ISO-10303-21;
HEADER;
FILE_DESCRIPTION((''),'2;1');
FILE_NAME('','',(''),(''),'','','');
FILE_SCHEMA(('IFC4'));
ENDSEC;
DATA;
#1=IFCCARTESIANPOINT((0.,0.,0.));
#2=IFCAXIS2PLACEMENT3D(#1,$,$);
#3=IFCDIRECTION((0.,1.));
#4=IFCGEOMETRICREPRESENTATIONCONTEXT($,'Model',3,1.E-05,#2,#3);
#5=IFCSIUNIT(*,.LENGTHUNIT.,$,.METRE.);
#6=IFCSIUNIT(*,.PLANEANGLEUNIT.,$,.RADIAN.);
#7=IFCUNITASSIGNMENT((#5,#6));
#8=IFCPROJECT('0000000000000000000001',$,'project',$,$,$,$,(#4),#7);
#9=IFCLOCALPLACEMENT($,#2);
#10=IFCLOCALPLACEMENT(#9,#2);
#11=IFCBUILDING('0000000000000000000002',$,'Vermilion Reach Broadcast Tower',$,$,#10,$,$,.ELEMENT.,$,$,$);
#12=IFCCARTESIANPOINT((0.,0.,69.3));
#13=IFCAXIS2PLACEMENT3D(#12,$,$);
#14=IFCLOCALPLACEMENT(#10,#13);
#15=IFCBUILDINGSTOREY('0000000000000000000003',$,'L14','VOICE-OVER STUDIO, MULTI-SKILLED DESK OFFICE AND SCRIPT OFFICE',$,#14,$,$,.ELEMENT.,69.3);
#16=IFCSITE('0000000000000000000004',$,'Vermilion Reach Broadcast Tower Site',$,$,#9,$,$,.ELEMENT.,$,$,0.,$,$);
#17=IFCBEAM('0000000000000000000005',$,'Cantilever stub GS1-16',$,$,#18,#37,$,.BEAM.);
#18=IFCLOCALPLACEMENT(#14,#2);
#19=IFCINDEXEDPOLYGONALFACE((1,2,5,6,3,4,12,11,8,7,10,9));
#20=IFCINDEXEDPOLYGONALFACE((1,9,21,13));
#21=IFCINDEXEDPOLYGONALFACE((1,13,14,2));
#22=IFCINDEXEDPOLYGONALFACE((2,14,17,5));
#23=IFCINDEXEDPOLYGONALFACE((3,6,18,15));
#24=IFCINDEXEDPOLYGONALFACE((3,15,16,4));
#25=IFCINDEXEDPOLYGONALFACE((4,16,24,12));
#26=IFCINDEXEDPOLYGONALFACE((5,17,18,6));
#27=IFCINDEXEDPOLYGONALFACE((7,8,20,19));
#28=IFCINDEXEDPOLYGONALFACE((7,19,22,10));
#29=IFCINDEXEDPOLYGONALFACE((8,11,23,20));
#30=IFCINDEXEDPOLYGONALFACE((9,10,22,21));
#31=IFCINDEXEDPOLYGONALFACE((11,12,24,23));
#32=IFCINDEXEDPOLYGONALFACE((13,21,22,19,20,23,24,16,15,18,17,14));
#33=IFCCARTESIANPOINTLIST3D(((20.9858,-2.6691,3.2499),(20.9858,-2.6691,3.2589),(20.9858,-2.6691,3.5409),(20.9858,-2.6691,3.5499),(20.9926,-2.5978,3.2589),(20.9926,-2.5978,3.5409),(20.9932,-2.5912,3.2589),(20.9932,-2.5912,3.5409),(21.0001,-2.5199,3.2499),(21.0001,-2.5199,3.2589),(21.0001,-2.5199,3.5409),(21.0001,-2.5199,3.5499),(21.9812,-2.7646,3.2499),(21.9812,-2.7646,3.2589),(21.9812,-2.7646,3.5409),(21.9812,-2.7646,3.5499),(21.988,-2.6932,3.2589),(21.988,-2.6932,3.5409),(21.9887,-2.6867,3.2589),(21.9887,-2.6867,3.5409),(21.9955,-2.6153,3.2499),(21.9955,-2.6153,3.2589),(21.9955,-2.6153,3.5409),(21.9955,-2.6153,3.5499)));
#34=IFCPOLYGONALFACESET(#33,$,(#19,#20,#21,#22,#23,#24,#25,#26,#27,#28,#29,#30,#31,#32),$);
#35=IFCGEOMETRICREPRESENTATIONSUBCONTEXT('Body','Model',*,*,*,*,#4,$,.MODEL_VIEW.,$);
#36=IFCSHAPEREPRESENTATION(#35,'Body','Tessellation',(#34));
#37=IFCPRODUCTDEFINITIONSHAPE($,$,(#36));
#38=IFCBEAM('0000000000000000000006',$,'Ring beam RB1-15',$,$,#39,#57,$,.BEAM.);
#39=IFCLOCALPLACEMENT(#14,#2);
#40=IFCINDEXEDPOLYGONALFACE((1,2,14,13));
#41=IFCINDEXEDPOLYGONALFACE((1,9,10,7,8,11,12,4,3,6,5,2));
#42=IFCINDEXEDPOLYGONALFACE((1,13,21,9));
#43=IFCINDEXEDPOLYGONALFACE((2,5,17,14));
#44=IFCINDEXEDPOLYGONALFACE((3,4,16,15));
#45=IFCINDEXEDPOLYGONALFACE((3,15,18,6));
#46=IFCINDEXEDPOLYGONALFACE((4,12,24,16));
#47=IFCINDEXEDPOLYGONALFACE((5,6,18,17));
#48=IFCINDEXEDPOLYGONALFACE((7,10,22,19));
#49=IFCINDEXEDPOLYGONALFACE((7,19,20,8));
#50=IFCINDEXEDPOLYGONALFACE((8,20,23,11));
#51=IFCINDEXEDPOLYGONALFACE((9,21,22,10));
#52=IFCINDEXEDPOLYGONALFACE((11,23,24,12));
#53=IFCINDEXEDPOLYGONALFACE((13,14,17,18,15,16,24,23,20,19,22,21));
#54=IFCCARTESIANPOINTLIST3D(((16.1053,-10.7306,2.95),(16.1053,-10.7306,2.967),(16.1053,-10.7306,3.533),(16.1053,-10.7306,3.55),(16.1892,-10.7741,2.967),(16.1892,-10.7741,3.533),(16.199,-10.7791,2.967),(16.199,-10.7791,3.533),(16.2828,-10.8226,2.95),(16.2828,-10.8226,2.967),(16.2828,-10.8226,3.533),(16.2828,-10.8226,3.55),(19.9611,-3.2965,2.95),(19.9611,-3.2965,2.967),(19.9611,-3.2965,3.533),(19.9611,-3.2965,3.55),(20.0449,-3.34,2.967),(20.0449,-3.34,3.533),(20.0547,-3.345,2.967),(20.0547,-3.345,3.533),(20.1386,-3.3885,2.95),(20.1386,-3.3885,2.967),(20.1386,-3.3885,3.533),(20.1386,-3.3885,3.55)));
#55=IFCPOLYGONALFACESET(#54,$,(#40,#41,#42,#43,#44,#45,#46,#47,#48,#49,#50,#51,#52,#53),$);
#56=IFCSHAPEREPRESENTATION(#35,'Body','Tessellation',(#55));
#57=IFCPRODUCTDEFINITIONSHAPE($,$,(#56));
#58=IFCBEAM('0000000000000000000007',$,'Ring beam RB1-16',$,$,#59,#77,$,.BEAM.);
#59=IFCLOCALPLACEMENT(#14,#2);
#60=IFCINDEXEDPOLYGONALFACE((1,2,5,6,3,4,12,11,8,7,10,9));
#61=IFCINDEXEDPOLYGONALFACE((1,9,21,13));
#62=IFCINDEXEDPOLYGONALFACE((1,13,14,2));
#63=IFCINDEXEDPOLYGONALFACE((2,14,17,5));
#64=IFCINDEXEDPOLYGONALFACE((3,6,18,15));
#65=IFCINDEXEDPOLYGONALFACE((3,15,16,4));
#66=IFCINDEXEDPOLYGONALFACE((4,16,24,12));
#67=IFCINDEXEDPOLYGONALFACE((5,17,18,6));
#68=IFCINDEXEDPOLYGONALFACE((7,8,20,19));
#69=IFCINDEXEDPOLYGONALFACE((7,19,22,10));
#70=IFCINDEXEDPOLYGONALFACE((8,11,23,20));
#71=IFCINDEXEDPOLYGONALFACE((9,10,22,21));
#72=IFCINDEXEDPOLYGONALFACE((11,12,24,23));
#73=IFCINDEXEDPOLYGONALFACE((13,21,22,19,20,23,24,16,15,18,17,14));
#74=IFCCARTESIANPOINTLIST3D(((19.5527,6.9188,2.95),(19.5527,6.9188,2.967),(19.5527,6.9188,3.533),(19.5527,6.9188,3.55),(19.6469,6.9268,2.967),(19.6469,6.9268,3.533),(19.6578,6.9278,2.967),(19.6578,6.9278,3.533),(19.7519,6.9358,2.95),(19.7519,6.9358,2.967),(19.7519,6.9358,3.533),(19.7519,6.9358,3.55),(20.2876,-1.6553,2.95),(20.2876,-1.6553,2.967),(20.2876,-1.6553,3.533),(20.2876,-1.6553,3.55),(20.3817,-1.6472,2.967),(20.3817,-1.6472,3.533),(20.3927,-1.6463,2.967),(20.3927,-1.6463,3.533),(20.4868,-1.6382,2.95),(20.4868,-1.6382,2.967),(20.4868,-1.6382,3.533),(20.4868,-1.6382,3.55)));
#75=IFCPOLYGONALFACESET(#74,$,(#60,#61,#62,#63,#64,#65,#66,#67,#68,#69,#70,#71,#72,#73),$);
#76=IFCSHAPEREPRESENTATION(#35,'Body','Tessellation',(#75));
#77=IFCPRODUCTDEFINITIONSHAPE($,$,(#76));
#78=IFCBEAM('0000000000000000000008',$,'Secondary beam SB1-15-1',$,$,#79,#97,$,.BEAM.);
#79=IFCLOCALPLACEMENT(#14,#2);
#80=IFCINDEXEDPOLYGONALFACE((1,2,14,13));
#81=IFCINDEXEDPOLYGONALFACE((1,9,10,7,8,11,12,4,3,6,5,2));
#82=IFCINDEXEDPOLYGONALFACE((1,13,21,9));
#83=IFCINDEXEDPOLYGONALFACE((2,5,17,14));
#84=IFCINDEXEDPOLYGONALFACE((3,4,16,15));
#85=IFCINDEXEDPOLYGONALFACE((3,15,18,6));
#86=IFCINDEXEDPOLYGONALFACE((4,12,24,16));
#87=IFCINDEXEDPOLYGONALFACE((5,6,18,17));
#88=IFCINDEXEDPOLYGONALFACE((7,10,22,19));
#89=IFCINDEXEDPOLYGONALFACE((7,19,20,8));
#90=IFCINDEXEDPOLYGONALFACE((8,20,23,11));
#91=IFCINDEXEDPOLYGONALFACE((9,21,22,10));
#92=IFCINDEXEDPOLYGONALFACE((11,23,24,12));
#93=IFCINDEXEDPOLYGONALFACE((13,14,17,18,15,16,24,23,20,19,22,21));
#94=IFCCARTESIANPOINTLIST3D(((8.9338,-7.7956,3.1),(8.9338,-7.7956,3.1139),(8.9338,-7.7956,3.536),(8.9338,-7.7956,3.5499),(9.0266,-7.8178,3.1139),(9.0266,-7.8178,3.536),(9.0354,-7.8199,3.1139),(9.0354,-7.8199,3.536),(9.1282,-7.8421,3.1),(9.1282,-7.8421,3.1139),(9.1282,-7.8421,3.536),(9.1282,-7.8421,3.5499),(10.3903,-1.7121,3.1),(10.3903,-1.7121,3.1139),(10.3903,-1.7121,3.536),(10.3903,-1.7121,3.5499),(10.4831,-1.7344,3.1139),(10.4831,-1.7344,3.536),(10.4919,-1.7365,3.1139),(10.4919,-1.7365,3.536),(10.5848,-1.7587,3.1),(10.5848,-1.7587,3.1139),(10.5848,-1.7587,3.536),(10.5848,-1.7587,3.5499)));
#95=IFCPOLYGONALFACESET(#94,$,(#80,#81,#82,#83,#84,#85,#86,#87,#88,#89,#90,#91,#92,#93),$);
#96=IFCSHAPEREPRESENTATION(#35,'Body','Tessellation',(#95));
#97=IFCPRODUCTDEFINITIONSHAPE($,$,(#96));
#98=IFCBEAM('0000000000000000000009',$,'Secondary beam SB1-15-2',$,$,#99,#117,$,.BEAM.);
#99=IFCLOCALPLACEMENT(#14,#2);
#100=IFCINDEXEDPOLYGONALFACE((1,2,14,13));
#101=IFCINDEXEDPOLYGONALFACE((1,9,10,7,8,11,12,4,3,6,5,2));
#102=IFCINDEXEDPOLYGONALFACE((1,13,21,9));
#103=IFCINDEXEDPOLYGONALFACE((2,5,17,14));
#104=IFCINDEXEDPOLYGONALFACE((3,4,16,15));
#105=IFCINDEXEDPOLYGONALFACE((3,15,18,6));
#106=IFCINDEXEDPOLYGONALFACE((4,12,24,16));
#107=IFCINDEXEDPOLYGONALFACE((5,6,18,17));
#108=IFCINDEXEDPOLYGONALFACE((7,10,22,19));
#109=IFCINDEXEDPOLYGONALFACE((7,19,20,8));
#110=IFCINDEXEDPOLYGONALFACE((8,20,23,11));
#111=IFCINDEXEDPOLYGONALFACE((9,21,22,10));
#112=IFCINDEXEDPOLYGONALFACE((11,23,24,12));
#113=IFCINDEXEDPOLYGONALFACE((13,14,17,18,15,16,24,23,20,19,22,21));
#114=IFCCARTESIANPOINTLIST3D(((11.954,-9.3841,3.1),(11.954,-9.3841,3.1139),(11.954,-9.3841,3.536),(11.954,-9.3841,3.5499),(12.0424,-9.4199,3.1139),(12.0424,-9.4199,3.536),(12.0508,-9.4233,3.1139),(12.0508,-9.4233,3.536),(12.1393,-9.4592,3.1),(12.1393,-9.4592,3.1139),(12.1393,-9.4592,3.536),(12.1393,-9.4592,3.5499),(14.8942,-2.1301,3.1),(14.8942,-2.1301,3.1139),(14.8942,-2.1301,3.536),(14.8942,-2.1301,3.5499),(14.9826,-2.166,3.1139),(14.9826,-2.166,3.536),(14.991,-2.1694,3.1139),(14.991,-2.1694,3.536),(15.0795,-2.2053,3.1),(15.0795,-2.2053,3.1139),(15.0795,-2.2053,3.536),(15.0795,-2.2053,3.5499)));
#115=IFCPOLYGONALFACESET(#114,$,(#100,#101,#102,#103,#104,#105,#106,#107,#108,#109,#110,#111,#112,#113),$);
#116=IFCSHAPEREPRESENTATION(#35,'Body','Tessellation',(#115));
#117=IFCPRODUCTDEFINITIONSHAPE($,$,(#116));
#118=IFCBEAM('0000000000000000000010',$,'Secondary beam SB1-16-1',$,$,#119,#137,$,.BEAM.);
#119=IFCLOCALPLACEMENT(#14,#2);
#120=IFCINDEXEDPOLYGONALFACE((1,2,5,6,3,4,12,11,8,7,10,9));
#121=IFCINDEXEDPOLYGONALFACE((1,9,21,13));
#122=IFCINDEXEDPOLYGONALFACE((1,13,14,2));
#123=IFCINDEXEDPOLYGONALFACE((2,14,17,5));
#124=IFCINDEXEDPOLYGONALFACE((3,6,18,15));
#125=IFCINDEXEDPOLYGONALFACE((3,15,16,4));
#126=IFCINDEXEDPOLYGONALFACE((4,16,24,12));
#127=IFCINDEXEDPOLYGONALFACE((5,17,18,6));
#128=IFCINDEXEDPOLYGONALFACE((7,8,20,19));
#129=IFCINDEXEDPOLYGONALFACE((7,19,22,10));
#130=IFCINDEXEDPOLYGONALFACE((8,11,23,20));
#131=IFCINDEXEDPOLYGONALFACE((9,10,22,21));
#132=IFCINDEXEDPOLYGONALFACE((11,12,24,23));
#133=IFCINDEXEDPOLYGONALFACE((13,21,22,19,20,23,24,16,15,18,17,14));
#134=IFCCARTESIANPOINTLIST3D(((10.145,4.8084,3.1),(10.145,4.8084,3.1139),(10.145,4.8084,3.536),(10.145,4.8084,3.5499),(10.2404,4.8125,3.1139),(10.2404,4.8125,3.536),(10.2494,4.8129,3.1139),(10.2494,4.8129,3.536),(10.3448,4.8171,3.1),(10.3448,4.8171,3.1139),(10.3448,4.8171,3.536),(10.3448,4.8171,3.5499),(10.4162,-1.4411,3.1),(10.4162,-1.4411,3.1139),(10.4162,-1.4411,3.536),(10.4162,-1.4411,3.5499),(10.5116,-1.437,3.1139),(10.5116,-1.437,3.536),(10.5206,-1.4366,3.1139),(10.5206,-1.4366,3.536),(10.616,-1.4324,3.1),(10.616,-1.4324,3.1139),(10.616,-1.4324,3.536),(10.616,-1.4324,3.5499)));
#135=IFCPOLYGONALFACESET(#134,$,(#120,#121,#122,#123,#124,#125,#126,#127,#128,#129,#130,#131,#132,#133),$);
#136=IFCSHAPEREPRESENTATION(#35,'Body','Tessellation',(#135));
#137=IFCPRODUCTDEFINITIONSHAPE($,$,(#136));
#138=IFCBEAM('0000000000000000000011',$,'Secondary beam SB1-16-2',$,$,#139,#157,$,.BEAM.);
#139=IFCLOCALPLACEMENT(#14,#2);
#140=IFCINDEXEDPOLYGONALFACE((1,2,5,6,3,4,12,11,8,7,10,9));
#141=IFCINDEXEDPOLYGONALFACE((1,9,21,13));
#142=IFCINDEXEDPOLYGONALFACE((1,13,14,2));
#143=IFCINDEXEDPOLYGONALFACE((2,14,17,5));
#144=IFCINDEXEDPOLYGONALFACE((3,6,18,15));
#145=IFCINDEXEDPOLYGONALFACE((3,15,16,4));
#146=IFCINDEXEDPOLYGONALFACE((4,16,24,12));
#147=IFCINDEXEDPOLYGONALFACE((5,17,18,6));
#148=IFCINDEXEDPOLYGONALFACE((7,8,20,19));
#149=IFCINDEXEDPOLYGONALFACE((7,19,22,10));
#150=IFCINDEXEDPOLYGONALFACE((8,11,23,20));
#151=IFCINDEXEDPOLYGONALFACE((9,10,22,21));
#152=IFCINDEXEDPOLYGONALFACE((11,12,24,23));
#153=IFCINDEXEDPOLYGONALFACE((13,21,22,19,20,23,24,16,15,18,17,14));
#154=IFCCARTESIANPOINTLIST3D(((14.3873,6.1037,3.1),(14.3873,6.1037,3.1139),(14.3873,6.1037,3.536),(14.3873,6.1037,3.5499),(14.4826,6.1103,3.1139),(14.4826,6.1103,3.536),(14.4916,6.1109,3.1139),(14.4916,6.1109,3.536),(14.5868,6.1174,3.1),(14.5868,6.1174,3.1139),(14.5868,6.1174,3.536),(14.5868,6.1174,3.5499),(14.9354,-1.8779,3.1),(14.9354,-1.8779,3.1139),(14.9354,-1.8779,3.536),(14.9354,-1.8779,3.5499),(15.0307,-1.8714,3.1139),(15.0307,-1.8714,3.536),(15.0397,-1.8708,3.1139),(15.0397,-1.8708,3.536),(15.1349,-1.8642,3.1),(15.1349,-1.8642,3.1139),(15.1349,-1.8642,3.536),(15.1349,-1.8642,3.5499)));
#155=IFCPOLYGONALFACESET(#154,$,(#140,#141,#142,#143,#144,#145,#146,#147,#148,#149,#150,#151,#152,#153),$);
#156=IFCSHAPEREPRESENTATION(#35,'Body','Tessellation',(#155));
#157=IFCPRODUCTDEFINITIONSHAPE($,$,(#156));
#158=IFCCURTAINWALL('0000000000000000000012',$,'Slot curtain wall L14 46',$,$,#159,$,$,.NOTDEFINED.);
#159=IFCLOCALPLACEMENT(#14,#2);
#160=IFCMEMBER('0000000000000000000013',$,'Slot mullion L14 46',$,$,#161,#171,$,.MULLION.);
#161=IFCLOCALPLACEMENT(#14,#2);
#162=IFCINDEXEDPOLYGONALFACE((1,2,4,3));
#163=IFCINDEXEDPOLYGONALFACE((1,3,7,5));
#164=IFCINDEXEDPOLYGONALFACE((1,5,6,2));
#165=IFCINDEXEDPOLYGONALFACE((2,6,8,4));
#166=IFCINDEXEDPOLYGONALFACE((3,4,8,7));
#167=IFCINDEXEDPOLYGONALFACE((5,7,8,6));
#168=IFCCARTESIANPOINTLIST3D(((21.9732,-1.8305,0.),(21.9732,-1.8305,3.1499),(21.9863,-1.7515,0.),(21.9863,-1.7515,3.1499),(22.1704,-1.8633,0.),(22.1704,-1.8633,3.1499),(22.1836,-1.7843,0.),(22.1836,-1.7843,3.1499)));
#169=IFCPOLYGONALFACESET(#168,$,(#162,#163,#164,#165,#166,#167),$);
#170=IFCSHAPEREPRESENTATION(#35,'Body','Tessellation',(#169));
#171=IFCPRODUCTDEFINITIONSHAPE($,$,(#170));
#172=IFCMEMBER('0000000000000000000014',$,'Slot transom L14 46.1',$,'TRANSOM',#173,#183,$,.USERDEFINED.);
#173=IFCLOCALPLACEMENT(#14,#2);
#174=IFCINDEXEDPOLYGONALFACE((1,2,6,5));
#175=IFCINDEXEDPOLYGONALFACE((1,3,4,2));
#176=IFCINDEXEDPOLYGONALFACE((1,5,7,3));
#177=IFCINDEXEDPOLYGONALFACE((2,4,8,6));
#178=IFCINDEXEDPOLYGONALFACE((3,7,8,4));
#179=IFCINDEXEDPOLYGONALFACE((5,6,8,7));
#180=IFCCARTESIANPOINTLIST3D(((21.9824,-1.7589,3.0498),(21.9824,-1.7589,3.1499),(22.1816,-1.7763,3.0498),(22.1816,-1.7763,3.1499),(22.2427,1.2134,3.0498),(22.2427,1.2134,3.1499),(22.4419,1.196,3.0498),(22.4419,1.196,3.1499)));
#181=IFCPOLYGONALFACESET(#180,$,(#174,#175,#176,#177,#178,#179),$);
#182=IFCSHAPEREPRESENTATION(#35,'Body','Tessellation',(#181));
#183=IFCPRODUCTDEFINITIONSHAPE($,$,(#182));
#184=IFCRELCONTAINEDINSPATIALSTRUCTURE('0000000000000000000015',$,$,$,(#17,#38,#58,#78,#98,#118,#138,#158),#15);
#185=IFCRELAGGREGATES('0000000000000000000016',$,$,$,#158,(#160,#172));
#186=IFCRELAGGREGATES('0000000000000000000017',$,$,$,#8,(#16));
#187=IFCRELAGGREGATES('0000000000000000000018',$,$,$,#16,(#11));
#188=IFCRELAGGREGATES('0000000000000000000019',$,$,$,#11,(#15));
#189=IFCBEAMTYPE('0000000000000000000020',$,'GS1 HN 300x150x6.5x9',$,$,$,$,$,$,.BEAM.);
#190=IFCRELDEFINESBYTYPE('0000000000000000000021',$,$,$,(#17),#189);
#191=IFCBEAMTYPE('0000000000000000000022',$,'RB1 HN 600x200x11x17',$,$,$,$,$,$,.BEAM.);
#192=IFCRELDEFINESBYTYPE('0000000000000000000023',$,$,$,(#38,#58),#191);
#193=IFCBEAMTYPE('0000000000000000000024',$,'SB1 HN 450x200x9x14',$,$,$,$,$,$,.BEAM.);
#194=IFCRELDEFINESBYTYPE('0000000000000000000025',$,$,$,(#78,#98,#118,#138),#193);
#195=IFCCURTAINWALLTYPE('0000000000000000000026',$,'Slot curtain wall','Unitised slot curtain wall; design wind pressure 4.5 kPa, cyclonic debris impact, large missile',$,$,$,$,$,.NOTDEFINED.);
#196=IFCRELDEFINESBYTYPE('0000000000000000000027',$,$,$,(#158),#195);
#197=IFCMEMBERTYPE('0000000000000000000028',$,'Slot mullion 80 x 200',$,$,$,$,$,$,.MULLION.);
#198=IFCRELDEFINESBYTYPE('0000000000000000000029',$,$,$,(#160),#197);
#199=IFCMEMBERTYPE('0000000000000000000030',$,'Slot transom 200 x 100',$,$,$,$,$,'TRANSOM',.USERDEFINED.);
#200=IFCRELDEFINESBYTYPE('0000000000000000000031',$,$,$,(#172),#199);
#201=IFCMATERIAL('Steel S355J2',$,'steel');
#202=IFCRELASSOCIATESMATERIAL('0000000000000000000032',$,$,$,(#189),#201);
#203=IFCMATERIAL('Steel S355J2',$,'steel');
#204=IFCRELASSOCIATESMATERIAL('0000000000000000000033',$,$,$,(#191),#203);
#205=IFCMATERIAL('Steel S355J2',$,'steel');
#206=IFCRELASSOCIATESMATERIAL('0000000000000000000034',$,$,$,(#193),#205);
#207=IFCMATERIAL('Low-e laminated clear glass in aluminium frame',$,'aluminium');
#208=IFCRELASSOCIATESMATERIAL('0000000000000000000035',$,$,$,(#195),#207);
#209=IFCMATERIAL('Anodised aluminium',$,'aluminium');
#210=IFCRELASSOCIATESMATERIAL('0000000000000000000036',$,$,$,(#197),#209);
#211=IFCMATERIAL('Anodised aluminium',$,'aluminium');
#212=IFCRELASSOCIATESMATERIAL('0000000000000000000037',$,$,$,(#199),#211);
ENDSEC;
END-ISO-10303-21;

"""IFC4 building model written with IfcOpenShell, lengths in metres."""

from ifc_helpers import new_model, si_unit, direction, frame, origin, origin_2d, place, context, subcontext, project, spatial, rectangle, i_section, extrude, material, material_profile, profile_set, type_object, element, aggregate, save


model = new_model("IFC4")

# Units and contexts
model_context = context("Model", 3, precision=1e-05, world=origin(), true_north=direction((0.0, 1.0)))
body_context = subcontext(model_context, "Body", "Model", "MODEL_VIEW")
ifc_project = project(units=[si_unit("LENGTHUNIT", "METRE"), si_unit("PLANEANGLEUNIT", "RADIAN")], contexts=[model_context])

# Site, building, storey
site_placement = place(None, origin())
site = spatial("IfcSite", under=ifc_project, at=site_placement, Name="Vermilion Reach Broadcast Tower Site", CompositionType="ELEMENT", RefElevation=0.0)
building_placement = place(site_placement, origin())
building = spatial("IfcBuilding", under=site, at=building_placement, Name="Vermilion Reach Broadcast Tower", CompositionType="ELEMENT")
storey_placement = place(building_placement, frame((0.0, 0.0, 69.3)))
storey = spatial("IfcBuildingStorey", under=building, at=storey_placement, Name="L14", Description="VOICE-OVER STUDIO, MULTI-SKILLED DESK OFFICE AND SCRIPT OFFICE", CompositionType="ELEMENT", Elevation=69.3)

# Beams
ifc_material_1 = material(Name="Steel S355J2", Category="steel")
ifc_material_profile_1 = material_profile(ifc_material_1, i_section(OverallWidth=0.1499, OverallDepth=0.3, WebThickness=0.0066, FlangeThickness=0.009, at=origin_2d()), Name="S355J2 HN 300x150x6.5x9")
ifc_profile_set_1 = profile_set([ifc_material_profile_1], Name="Steel S355J2")
beam_type_1 = type_object("IfcBeamType", Name="GS1 HN 300x150x6.5x9", PredefinedType="BEAM", material=ifc_profile_set_1)
beam_1_placement = place(storey_placement, frame((20.9929, -2.5945, 3.3999), z_axis=(0.995433, -0.095466, 0.0), x_axis=(0.095466, 0.995433, 0.0)))
element("IfcBeam", 1, at=beam_1_placement, inside=storey, type_object=beam_type_1, Name="Cantilever stub GS1-16", PredefinedType="BEAM", context=body_context, shape_type="SweptSolid", body=[
    extrude(i_section(OverallWidth=0.1499, OverallDepth=0.3, WebThickness=0.0066, FlangeThickness=0.009, at=origin_2d()), origin(), (0.0, 0.0, 1.0), 1.0),
])
ifc_material_2 = material(Name="Steel S355J2", Category="steel")
ifc_material_profile_2 = material_profile(ifc_material_2, i_section(OverallWidth=0.2, OverallDepth=0.6001, WebThickness=0.011, FlangeThickness=0.0171, at=origin_2d()), Name="S355J2 HN 600x200x11x17")
ifc_profile_set_2 = profile_set([ifc_material_profile_2], Name="Steel S355J2")
beam_type_2 = type_object("IfcBeamType", Name="RB1 HN 600x200x11x17", PredefinedType="BEAM", material=ifc_profile_set_2)
beam_2_placement = place(storey_placement, frame((16.1941, -10.7766, 3.25), z_axis=(0.460412, 0.887706, 0.0), x_axis=(-0.887706, 0.460412, 0.0)))
element("IfcBeam", 2, at=beam_2_placement, inside=storey, type_object=beam_type_2, Name="Ring beam RB1-15", PredefinedType="BEAM", context=body_context, shape_type="SweptSolid", body=[
    extrude(i_section(OverallWidth=0.2, OverallDepth=0.6001, WebThickness=0.011, FlangeThickness=0.0171, at=origin_2d()), origin(), (0.0, 0.0, 1.0), 8.3745),
])
beam_3_placement = place(storey_placement, frame((20.3872, -1.6467, 3.25), z_axis=(-0.085396, 0.996347, 0.0), x_axis=(-0.996347, -0.085396, 0.0)))
element("IfcBeam", 3, at=beam_3_placement, inside=storey, type_object=beam_type_2, Name="Ring beam RB1-16", PredefinedType="BEAM", context=body_context, shape_type="SweptSolid", body=[
    extrude(i_section(OverallWidth=0.2, OverallDepth=0.6001, WebThickness=0.011, FlangeThickness=0.0171, at=origin_2d()), origin(), (0.0, 0.0, 1.0), 8.6055),
])
ifc_material_3 = material(Name="Steel S355J2", Category="steel")
ifc_material_profile_3 = material_profile(ifc_material_3, i_section(OverallWidth=0.2, OverallDepth=0.45, WebThickness=0.009, FlangeThickness=0.0139, at=origin_2d()), Name="S355J2 HN 450x200x9x14")
ifc_profile_set_3 = profile_set([ifc_material_profile_3], Name="Steel S355J2")
beam_type_3 = type_object("IfcBeamType", Name="SB1 HN 450x200x9x14", PredefinedType="BEAM", material=ifc_profile_set_3)
beam_4_placement = place(storey_placement, frame((9.031, -7.8188, 3.325), z_axis=(0.232844, 0.972514, 0.0), x_axis=(-0.972514, 0.232844, 0.0)))
element("IfcBeam", 4, at=beam_4_placement, inside=storey, type_object=beam_type_3, Name="Secondary beam SB1-15-1", PredefinedType="BEAM", context=body_context, shape_type="SweptSolid", body=[
    extrude(i_section(OverallWidth=0.2, OverallDepth=0.45, WebThickness=0.009, FlangeThickness=0.0139, at=origin_2d()), origin(), (0.0, 0.0, 1.0), 6.2554),
])
beam_5_placement = place(storey_placement, frame((12.0466, -9.4216, 3.325), z_axis=(0.375641, 0.926765, 0.0), x_axis=(-0.926765, 0.375641, 0.0)))
element("IfcBeam", 5, at=beam_5_placement, inside=storey, type_object=beam_type_3, Name="Secondary beam SB1-15-2", PredefinedType="BEAM", context=body_context, shape_type="SweptSolid", body=[
    extrude(i_section(OverallWidth=0.2, OverallDepth=0.45, WebThickness=0.009, FlangeThickness=0.0139, at=origin_2d()), origin(), (0.0, 0.0, 1.0), 7.8271),
])
beam_6_placement = place(storey_placement, frame((10.5161, -1.4368, 3.325), z_axis=(-0.043361, 0.999059, 0.0), x_axis=(-0.999059, -0.043361, 0.0)))
element("IfcBeam", 6, at=beam_6_placement, inside=storey, type_object=beam_type_3, Name="Secondary beam SB1-16-1", PredefinedType="BEAM", context=body_context, shape_type="SweptSolid", body=[
    extrude(i_section(OverallWidth=0.2, OverallDepth=0.45, WebThickness=0.009, FlangeThickness=0.0139, at=origin_2d()), origin(), (0.0, 0.0, 1.0), 6.2554),
])
beam_7_placement = place(storey_placement, frame((15.0352, -1.8711, 3.325), z_axis=(-0.068508, 0.997651, 0.0), x_axis=(-0.997651, -0.068508, 0.0)))
element("IfcBeam", 7, at=beam_7_placement, inside=storey, type_object=beam_type_3, Name="Secondary beam SB1-16-2", PredefinedType="BEAM", context=body_context, shape_type="SweptSolid", body=[
    extrude(i_section(OverallWidth=0.2, OverallDepth=0.45, WebThickness=0.009, FlangeThickness=0.0139, at=origin_2d()), origin(), (0.0, 0.0, 1.0), 8.0005),
])

# Curtain wall, members
ifc_material_4 = material(Name="Low-e laminated clear glass in aluminium frame", Category="aluminium")
curtain_wall_type = type_object("IfcCurtainWallType", Name="Slot curtain wall", Description="Unitised slot curtain wall; design wind pressure 4.5 kPa, cyclonic debris impact, large missile", PredefinedType="NOTDEFINED", material=ifc_material_4)
curtain_wall_placement = place(storey_placement, origin())
curtain_wall = element("IfcCurtainWall", 8, at=curtain_wall_placement, inside=storey, type_object=curtain_wall_type, Name="Slot curtain wall L14 46", PredefinedType="NOTDEFINED")
ifc_material_5 = material(Name="Anodised aluminium", Category="aluminium")
ifc_material_profile_4 = material_profile(ifc_material_5, rectangle(XDim=0.2, YDim=0.0801, at=origin_2d()), Name="Slot mullion 80 x 200")
ifc_profile_set_4 = profile_set([ifc_material_profile_4], Name="Anodised aluminium")
member_type_1 = type_object("IfcMemberType", Name="Slot mullion 80 x 200", PredefinedType="MULLION", material=ifc_profile_set_4)
member_1_placement = place(storey_placement, frame((22.0784, -1.8074, 0.0), z_axis=(0.0, 0.0, 1.0), x_axis=(-0.986477, 0.163901, 0.0)))
member_1 = element("IfcMember", 9, at=member_1_placement, type_object=member_type_1, Name="Slot mullion L14 46", PredefinedType="MULLION", context=body_context, shape_type="SweptSolid", body=[
    extrude(rectangle(XDim=0.2, YDim=0.0801, at=origin_2d()), origin(), (0.0, 0.0, 1.0), 3.1499),
])
ifc_material_6 = material(Name="Anodised aluminium", Category="aluminium")
ifc_material_profile_5 = material_profile(ifc_material_6, rectangle(XDim=0.2, YDim=0.1001, at=origin_2d()), Name="Slot transom 200 x 100")
ifc_profile_set_5 = profile_set([ifc_material_profile_5], Name="Anodised aluminium")
member_type_2 = type_object("IfcMemberType", Name="Slot transom 200 x 100", ElementType="TRANSOM", PredefinedType="USERDEFINED", material=ifc_profile_set_5)
member_2_placement = place(storey_placement, frame((22.082, -1.7676, 3.0999), z_axis=(0.08723, 0.996188, 0.0), x_axis=(-0.996188, 0.08723, 0.0)))
member_2 = element("IfcMember", 10, at=member_2_placement, type_object=member_type_2, Name="Slot transom L14 46.1", ObjectType="TRANSOM", PredefinedType="USERDEFINED", context=body_context, shape_type="SweptSolid", body=[
    extrude(rectangle(XDim=0.2, YDim=0.1001, at=origin_2d()), origin(), (0.0, 0.0, 1.0), 2.9836),
])
aggregate(curtain_wall, [member_1, member_2])

save(model, "model.ifc")
